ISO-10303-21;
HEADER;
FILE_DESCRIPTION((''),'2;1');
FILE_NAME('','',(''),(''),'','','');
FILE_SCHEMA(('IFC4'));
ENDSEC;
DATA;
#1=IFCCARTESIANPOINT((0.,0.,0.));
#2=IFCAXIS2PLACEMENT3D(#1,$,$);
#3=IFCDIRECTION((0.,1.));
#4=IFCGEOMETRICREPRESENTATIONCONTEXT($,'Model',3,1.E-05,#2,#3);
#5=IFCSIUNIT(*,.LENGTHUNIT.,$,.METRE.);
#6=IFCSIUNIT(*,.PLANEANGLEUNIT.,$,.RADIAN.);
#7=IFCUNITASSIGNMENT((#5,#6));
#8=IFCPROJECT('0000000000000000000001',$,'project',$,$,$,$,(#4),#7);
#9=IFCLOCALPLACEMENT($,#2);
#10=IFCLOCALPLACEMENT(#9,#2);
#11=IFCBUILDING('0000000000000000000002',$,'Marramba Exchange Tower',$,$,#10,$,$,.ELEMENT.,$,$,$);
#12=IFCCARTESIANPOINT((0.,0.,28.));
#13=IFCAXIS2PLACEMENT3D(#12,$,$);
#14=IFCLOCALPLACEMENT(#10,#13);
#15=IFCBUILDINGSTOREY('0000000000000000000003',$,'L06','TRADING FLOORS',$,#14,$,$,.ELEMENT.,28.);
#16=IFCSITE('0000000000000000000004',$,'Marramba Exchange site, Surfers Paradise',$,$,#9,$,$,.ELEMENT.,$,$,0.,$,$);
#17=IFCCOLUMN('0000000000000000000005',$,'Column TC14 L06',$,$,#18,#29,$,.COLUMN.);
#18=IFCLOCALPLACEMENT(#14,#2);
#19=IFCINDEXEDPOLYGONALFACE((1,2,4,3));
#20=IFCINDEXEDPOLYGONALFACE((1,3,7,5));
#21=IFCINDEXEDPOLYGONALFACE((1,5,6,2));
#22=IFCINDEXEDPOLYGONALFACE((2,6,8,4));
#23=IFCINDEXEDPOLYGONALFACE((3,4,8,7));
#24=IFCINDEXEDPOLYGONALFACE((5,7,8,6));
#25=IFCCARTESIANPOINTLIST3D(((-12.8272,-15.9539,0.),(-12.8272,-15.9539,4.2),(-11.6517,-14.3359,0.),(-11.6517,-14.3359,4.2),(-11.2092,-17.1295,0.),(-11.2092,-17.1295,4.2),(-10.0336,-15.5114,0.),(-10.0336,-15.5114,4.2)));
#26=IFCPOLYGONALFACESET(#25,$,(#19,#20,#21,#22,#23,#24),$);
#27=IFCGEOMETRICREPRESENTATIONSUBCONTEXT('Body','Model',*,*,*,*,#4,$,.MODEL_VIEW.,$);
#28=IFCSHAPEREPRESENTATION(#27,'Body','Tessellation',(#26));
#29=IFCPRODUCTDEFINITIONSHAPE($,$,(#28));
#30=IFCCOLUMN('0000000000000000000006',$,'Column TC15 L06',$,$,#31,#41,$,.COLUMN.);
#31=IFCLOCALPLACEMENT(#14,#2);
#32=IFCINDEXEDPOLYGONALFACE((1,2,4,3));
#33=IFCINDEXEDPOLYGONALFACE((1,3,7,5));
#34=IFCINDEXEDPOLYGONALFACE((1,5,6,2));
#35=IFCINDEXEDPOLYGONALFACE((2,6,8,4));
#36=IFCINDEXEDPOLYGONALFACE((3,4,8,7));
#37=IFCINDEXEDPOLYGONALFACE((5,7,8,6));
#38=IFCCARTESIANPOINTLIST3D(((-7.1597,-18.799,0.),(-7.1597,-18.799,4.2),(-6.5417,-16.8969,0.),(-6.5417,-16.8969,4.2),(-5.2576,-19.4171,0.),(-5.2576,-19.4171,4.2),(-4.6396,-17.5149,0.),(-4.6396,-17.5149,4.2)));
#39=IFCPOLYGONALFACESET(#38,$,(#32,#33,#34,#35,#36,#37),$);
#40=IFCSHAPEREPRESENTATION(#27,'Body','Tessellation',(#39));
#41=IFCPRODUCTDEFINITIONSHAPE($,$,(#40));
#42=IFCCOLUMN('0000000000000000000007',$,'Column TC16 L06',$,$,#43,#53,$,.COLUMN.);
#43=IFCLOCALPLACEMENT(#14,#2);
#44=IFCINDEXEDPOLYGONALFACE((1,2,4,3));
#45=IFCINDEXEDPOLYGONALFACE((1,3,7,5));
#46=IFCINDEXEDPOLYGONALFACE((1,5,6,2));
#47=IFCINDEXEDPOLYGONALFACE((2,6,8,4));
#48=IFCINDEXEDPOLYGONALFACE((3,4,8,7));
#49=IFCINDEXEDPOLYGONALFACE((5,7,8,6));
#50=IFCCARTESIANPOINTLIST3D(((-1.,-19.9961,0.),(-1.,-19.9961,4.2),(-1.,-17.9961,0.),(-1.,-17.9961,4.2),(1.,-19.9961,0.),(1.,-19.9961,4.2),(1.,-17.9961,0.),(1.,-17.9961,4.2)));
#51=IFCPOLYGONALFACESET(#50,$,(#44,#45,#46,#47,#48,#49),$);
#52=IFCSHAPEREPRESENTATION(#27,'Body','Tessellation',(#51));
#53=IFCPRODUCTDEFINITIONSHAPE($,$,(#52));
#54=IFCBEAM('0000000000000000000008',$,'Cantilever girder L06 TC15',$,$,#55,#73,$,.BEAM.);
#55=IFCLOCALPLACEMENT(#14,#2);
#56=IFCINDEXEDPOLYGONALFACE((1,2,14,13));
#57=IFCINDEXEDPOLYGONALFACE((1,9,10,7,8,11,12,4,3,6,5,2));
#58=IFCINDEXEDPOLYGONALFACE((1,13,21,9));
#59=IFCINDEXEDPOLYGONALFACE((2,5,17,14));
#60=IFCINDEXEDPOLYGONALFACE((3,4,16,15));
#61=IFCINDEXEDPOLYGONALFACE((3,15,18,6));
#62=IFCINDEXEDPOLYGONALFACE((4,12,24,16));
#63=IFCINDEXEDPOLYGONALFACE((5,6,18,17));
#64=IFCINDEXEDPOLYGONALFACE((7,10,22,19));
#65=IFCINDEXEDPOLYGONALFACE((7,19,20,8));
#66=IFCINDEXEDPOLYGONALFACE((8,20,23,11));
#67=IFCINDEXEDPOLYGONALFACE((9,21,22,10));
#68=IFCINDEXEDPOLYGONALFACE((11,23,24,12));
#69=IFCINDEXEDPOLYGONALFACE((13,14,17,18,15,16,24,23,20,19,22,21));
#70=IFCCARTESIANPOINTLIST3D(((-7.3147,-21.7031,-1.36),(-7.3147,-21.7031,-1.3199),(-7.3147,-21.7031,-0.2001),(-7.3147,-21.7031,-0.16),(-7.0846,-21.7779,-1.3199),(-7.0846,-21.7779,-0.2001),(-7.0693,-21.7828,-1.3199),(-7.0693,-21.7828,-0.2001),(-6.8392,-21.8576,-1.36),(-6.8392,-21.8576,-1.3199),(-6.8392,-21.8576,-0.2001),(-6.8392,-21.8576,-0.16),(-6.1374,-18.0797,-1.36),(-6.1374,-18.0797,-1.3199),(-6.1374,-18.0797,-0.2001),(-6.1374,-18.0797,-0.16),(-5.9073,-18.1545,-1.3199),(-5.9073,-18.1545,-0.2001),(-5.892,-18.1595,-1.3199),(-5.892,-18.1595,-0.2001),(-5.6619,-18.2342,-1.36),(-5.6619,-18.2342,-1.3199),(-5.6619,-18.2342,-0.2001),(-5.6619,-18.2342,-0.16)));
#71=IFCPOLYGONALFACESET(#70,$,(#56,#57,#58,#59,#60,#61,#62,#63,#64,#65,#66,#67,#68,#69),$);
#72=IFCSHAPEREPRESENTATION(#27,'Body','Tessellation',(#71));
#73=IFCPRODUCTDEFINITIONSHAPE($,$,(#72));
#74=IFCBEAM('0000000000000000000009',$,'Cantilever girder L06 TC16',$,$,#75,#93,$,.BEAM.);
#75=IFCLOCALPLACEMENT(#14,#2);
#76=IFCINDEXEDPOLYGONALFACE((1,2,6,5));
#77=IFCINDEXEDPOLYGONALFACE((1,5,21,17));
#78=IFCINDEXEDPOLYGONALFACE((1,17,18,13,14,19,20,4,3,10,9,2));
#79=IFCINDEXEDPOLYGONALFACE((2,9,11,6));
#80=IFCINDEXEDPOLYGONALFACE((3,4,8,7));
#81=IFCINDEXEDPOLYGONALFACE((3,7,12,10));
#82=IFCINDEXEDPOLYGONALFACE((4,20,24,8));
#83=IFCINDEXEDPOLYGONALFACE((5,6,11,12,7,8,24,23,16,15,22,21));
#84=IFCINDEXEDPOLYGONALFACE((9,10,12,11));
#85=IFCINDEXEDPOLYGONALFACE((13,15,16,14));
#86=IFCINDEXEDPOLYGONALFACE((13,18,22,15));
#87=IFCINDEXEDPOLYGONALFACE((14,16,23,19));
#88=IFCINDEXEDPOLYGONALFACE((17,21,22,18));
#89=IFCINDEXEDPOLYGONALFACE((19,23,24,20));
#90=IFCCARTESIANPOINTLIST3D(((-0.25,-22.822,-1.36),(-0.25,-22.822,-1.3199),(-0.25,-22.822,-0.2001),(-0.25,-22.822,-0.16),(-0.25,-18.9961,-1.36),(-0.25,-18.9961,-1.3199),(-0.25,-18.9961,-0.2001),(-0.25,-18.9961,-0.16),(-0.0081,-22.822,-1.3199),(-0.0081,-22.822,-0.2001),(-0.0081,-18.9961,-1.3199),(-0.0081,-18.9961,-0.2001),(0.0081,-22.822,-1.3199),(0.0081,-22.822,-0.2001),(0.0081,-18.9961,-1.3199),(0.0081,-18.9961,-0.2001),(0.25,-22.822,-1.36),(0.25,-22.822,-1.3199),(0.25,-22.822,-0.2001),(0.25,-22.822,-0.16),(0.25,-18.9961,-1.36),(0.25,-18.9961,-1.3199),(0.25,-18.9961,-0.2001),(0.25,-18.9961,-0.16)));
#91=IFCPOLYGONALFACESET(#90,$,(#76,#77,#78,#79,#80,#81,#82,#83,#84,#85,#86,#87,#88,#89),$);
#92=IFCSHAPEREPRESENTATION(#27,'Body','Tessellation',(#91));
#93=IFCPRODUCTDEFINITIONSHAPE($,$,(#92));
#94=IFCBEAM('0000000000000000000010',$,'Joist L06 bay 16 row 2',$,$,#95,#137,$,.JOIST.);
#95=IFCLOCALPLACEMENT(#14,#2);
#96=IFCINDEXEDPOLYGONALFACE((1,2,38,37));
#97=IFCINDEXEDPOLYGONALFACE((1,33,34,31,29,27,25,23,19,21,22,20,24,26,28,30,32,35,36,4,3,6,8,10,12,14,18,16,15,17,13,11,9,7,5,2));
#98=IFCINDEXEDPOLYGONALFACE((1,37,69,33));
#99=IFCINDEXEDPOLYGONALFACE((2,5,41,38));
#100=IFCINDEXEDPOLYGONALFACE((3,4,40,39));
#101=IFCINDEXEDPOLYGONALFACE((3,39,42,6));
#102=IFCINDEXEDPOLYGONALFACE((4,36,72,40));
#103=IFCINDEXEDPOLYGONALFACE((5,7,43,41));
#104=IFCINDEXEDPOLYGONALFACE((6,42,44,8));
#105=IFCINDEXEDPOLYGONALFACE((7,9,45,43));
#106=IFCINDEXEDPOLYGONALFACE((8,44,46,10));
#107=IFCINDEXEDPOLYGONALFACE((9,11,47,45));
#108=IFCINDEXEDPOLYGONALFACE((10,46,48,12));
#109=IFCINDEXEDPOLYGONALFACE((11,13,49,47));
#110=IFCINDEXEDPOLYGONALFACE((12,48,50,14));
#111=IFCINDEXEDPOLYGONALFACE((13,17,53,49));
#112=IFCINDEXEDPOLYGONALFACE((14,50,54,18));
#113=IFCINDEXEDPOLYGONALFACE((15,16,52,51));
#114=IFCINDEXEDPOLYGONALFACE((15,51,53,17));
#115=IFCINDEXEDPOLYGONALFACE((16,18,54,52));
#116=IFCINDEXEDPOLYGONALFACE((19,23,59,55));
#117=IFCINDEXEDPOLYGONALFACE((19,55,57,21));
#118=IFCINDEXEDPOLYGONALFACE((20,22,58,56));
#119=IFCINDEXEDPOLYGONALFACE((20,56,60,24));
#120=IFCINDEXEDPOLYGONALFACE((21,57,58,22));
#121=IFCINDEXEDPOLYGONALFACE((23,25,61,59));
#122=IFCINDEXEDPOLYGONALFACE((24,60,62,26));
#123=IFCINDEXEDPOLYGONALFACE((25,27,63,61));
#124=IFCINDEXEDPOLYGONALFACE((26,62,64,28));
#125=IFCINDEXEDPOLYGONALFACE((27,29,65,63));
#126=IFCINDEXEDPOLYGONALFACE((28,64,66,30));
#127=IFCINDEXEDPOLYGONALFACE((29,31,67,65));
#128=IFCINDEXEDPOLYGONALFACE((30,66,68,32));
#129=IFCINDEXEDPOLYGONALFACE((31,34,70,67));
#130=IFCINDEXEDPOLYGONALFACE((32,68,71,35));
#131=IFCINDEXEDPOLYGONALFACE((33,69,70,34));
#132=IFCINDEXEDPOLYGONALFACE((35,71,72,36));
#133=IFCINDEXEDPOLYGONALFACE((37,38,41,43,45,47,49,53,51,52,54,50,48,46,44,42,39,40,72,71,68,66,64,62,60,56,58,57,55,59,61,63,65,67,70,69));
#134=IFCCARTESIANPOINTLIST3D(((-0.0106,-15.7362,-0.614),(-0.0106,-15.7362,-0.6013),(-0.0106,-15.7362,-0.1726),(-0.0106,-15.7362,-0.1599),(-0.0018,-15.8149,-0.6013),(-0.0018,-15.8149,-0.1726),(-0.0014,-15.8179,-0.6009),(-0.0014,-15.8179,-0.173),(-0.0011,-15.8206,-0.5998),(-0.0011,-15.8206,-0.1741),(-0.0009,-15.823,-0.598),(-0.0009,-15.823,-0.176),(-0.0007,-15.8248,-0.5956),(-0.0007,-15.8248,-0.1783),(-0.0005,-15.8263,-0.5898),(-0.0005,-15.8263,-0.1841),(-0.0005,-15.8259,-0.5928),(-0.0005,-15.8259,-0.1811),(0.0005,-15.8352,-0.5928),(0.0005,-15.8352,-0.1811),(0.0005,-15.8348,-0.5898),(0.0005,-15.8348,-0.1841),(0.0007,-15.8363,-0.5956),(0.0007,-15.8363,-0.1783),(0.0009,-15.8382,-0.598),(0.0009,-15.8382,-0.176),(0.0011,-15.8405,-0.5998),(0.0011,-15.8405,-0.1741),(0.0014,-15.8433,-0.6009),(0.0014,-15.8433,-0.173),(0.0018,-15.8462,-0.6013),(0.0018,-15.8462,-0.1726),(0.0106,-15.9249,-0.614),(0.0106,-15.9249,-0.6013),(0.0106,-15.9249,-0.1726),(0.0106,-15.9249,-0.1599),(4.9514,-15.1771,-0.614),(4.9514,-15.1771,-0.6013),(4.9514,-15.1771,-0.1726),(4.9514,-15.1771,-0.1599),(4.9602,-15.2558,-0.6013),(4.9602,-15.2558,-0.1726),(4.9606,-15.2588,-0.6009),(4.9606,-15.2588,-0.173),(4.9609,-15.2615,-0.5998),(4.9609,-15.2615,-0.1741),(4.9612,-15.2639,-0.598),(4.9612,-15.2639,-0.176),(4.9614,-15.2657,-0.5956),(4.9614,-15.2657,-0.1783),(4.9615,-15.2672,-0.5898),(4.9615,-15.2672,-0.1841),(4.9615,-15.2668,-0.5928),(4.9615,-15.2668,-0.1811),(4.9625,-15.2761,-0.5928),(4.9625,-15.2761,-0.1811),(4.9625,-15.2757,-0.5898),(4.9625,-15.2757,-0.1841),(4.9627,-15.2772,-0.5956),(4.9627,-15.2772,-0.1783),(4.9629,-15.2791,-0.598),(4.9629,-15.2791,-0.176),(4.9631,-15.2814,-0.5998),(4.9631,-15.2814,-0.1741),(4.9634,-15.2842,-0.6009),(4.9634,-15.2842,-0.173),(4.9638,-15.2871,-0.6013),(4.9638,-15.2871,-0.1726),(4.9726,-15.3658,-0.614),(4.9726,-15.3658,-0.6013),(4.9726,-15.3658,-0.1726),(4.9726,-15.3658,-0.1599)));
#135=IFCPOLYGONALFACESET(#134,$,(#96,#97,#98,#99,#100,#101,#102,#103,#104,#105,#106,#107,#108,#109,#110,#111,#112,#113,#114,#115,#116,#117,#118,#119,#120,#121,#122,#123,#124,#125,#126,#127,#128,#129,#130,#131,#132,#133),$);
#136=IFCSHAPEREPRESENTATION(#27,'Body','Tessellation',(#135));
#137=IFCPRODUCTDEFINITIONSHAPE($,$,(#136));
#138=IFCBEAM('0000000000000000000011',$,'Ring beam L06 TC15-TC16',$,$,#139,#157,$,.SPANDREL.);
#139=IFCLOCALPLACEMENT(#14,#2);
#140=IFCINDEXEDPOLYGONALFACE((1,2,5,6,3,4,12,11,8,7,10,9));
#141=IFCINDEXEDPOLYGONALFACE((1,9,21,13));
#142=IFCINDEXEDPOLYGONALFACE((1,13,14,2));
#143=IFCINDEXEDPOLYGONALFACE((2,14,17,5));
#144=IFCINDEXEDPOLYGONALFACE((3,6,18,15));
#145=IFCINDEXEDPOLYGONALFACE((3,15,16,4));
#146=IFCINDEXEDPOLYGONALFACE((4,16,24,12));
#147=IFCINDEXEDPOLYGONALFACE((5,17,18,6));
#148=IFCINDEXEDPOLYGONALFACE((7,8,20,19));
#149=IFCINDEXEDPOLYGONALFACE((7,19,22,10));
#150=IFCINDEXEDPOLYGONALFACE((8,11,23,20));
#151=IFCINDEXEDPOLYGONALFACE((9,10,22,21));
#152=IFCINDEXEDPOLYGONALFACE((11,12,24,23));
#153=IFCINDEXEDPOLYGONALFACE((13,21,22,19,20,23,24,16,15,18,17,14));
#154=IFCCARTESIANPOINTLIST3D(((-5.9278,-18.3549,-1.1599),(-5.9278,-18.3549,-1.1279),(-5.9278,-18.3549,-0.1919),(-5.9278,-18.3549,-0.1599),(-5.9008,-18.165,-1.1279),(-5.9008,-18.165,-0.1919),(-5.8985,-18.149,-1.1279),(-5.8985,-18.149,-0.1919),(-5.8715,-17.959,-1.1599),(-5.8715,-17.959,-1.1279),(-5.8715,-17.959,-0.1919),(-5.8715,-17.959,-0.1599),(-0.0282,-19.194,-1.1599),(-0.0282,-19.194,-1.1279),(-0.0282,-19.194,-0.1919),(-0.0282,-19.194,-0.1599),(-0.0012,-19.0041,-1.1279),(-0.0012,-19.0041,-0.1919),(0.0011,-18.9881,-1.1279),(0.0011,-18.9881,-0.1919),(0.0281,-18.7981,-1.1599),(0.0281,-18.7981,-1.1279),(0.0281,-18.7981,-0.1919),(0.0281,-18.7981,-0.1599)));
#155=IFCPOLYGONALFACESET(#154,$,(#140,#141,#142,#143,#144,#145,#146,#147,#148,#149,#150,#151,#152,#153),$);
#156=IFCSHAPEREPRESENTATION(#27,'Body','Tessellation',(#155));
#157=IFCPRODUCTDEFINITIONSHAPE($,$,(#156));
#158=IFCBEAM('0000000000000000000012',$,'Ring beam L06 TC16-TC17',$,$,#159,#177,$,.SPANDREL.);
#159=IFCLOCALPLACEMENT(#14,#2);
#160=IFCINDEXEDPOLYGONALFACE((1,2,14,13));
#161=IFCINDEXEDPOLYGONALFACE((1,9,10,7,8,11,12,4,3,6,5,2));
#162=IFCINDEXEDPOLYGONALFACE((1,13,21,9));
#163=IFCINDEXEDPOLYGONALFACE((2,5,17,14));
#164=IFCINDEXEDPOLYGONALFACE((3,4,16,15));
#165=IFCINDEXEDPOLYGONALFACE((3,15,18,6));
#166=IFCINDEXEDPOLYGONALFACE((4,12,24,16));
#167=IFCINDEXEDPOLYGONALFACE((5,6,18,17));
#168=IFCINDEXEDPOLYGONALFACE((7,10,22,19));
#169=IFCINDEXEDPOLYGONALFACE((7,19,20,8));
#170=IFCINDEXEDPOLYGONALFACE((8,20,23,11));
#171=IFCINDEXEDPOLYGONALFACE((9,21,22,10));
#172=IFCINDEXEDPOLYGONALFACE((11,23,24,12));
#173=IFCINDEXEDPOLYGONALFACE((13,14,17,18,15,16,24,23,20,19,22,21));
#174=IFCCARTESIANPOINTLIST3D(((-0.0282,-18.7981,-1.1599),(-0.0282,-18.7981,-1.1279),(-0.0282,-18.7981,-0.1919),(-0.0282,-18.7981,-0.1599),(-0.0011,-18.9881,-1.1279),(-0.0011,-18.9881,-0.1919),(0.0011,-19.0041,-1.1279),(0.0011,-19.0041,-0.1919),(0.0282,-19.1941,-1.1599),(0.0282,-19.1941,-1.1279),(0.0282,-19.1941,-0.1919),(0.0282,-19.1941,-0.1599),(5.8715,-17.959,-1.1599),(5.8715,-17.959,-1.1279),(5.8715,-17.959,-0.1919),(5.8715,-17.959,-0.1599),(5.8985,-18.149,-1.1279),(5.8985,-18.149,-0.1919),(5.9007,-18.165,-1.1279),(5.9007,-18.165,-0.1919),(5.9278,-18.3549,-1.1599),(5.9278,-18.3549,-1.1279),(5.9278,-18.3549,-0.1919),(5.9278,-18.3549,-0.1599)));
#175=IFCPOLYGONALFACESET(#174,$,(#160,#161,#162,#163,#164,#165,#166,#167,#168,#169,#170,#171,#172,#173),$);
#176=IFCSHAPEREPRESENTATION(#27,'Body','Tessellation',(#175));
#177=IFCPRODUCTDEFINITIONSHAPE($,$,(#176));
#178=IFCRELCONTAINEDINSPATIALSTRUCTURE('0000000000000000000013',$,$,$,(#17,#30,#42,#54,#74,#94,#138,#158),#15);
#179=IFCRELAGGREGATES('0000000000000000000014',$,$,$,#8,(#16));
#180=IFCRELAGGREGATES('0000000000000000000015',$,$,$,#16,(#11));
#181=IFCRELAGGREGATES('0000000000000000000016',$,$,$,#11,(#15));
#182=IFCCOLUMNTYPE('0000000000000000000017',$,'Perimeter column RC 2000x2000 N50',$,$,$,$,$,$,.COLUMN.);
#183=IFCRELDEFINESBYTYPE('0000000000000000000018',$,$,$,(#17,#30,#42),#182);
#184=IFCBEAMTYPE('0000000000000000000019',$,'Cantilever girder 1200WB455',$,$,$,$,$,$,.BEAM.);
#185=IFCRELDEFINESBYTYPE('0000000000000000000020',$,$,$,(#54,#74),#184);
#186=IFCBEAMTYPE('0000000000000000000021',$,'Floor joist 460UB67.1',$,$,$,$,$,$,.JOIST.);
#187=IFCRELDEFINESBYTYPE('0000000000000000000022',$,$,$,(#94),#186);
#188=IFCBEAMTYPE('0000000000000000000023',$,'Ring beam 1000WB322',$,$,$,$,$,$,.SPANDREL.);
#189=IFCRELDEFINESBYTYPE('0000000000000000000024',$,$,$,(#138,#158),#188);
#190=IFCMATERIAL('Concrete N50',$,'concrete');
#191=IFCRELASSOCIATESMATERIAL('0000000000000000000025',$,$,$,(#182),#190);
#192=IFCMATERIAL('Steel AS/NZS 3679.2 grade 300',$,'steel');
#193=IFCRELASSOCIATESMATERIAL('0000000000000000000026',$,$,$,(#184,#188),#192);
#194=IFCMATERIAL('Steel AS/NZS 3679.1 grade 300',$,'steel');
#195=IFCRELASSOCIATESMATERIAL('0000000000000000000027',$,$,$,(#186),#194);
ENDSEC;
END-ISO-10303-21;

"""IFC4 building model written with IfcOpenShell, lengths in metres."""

from ifc_helpers import new_model, si_unit, direction, frame, origin, origin_2d, place, context, subcontext, project, spatial, rectangle, i_section, extrude, material, material_profile, profile_set, type_object, element, save


model = new_model("IFC4")

# Units and contexts
model_context = context("Model", 3, precision=1e-05, world=origin(), true_north=direction((0.0, 1.0)))
body_context = subcontext(model_context, "Body", "Model", "MODEL_VIEW")
ifc_project = project(units=[si_unit("LENGTHUNIT", "METRE"), si_unit("PLANEANGLEUNIT", "RADIAN")], contexts=[model_context])

# Site, building, storey
site_placement = place(None, origin())
site = spatial("IfcSite", under=ifc_project, at=site_placement, Name="Marramba Exchange site, Surfers Paradise", CompositionType="ELEMENT", RefElevation=0.0)
building_placement = place(site_placement, origin())
building = spatial("IfcBuilding", under=site, at=building_placement, Name="Marramba Exchange Tower", CompositionType="ELEMENT")
storey_placement = place(building_placement, frame((0.0, 0.0, 28.0)))
storey = spatial("IfcBuildingStorey", under=building, at=storey_placement, Name="L06", Description="TRADING FLOORS", CompositionType="ELEMENT", Elevation=28.0)

# Columns
ifc_material_1 = material(Name="Concrete N50", Category="concrete")
ifc_material_profile_1 = material_profile(ifc_material_1, rectangle(XDim=2.0, YDim=2.0, at=origin_2d()), Name="RC 2000x2000")
ifc_profile_set_1 = profile_set([ifc_material_profile_1], Name="Concrete N50")
column_type = type_object("IfcColumnType", Name="Perimeter column RC 2000x2000 N50", PredefinedType="COLUMN", material=ifc_profile_set_1)
for number, where, z_axis, x_axis, name in (
    (1, (-11.4304, -15.7327, 0.0), (0.0, 0.0, 1.0), (-0.587785, -0.809017, 0.0), "Column TC14 L06"),
    (2, (-5.8997, -18.157, 0.0), (0.0, 0.0, 1.0), (-0.309017, -0.951057, 0.0), "Column TC15 L06"),
    (3, (0.0, -18.9961, 0.0), (0.0, 0.0, 1.0), (0.0, -1.0, 0.0), "Column TC16 L06"),
):
    element("IfcColumn", number, at=place(storey_placement, frame(where, z_axis=z_axis, x_axis=x_axis)), inside=storey, type_object=column_type, Name=name, PredefinedType="COLUMN", context=body_context, shape_type="SweptSolid", body=[
        extrude(rectangle(XDim=2.0, YDim=2.0, at=origin_2d()), origin(), (0.0, 0.0, 1.0), 4.2),
    ])

# Beams
ifc_material_2 = material(Name="Steel AS/NZS 3679.2 grade 300", Category="steel")
ifc_material_profile_2 = material_profile(ifc_material_2, i_section(OverallWidth=0.5, OverallDepth=1.2, WebThickness=0.0161, FlangeThickness=0.04, at=origin_2d()), Name="1200WB455")
ifc_profile_set_2 = profile_set([ifc_material_profile_2], Name="Steel AS/NZS 3679.2 grade 300")
beam_type_1 = type_object("IfcBeamType", Name="Cantilever girder 1200WB455", PredefinedType="BEAM", material=ifc_profile_set_2)
beam_1_placement = place(storey_placement, frame((-5.8997, -18.157, -0.76), z_axis=(-0.309009, -0.951059, 0.0), x_axis=(0.951059, -0.309009, 0.0)))
element("IfcBeam", 4, at=beam_1_placement, inside=storey, type_object=beam_type_1, Name="Cantilever girder L06 TC15", PredefinedType="BEAM", context=body_context, shape_type="SweptSolid", body=[
    extrude(i_section(OverallWidth=0.5, OverallDepth=1.2, WebThickness=0.0161, FlangeThickness=0.04, at=origin_2d()), origin(), (0.0, 0.0, 1.0), 3.8098),
])
beam_2_placement = place(storey_placement, frame((0.0, -18.9961, -0.76), z_axis=(0.0, -1.0, 0.0), x_axis=(1.0, 0.0, 0.0)))
element("IfcBeam", 5, at=beam_2_placement, inside=storey, type_object=beam_type_1, Name="Cantilever girder L06 TC16", PredefinedType="BEAM", context=body_context, shape_type="SweptSolid", body=[
    extrude(i_section(OverallWidth=0.5, OverallDepth=1.2, WebThickness=0.0161, FlangeThickness=0.04, at=origin_2d()), origin(), (0.0, 0.0, 1.0), 3.8259),
])
ifc_material_3 = material(Name="Steel AS/NZS 3679.1 grade 300", Category="steel")
ifc_material_profile_3 = material_profile(ifc_material_3, i_section(OverallWidth=0.1899, OverallDepth=0.4541, WebThickness=0.0085, FlangeThickness=0.0127, FilletRadius=0.0115, at=origin_2d()), Name="460UB67.1")
ifc_profile_set_3 = profile_set([ifc_material_profile_3], Name="Steel AS/NZS 3679.1 grade 300")
beam_type_2 = type_object("IfcBeamType", Name="Floor joist 460UB67.1", PredefinedType="JOIST", material=ifc_profile_set_3)
beam_3_placement = place(storey_placement, frame((0.0, -15.8306, -0.387), z_axis=(0.993712, 0.111966, 0.0), x_axis=(-0.111966, 0.993712, 0.0)))
element("IfcBeam", 6, at=beam_3_placement, inside=storey, type_object=beam_type_2, Name="Joist L06 bay 16 row 2", PredefinedType="JOIST", context=body_context, shape_type="SweptSolid", body=[
    extrude(i_section(OverallWidth=0.1899, OverallDepth=0.4541, WebThickness=0.0085, FlangeThickness=0.0127, FilletRadius=0.0115, at=origin_2d()), origin(), (0.0, 0.0, 1.0), 4.9934),
])
ifc_material_profile_4 = material_profile(ifc_material_2, i_section(OverallWidth=0.3999, OverallDepth=1.0, WebThickness=0.0161, FlangeThickness=0.032, at=origin_2d()), Name="1000WB322")
ifc_profile_set_4 = profile_set([ifc_material_profile_4], Name="Steel AS/NZS 3679.2 grade 300")
beam_type_3 = type_object("IfcBeamType", Name="Ring beam 1000WB322", PredefinedType="SPANDREL", material=ifc_profile_set_4)
for number, where, z_axis, x_axis, name in (
    (7, (-5.8997, -18.157, -0.6599), (0.990036, -0.140813, 0.0), (0.140813, 0.990036, 0.0), "Ring beam L06 TC15-TC16"),
    (8, (0.0, -18.9961, -0.6599), (0.990036, 0.140813, 0.0), (-0.140813, 0.990036, 0.0), "Ring beam L06 TC16-TC17"),
):
    element("IfcBeam", number, at=place(storey_placement, frame(where, z_axis=z_axis, x_axis=x_axis)), inside=storey, type_object=beam_type_3, Name=name, PredefinedType="SPANDREL", context=body_context, shape_type="SweptSolid", body=[
        extrude(i_section(OverallWidth=0.3999, OverallDepth=1.0, WebThickness=0.0161, FlangeThickness=0.032, at=origin_2d()), origin(), (0.0, 0.0, 1.0), 5.959),
    ])

save(model, "model.ifc")
